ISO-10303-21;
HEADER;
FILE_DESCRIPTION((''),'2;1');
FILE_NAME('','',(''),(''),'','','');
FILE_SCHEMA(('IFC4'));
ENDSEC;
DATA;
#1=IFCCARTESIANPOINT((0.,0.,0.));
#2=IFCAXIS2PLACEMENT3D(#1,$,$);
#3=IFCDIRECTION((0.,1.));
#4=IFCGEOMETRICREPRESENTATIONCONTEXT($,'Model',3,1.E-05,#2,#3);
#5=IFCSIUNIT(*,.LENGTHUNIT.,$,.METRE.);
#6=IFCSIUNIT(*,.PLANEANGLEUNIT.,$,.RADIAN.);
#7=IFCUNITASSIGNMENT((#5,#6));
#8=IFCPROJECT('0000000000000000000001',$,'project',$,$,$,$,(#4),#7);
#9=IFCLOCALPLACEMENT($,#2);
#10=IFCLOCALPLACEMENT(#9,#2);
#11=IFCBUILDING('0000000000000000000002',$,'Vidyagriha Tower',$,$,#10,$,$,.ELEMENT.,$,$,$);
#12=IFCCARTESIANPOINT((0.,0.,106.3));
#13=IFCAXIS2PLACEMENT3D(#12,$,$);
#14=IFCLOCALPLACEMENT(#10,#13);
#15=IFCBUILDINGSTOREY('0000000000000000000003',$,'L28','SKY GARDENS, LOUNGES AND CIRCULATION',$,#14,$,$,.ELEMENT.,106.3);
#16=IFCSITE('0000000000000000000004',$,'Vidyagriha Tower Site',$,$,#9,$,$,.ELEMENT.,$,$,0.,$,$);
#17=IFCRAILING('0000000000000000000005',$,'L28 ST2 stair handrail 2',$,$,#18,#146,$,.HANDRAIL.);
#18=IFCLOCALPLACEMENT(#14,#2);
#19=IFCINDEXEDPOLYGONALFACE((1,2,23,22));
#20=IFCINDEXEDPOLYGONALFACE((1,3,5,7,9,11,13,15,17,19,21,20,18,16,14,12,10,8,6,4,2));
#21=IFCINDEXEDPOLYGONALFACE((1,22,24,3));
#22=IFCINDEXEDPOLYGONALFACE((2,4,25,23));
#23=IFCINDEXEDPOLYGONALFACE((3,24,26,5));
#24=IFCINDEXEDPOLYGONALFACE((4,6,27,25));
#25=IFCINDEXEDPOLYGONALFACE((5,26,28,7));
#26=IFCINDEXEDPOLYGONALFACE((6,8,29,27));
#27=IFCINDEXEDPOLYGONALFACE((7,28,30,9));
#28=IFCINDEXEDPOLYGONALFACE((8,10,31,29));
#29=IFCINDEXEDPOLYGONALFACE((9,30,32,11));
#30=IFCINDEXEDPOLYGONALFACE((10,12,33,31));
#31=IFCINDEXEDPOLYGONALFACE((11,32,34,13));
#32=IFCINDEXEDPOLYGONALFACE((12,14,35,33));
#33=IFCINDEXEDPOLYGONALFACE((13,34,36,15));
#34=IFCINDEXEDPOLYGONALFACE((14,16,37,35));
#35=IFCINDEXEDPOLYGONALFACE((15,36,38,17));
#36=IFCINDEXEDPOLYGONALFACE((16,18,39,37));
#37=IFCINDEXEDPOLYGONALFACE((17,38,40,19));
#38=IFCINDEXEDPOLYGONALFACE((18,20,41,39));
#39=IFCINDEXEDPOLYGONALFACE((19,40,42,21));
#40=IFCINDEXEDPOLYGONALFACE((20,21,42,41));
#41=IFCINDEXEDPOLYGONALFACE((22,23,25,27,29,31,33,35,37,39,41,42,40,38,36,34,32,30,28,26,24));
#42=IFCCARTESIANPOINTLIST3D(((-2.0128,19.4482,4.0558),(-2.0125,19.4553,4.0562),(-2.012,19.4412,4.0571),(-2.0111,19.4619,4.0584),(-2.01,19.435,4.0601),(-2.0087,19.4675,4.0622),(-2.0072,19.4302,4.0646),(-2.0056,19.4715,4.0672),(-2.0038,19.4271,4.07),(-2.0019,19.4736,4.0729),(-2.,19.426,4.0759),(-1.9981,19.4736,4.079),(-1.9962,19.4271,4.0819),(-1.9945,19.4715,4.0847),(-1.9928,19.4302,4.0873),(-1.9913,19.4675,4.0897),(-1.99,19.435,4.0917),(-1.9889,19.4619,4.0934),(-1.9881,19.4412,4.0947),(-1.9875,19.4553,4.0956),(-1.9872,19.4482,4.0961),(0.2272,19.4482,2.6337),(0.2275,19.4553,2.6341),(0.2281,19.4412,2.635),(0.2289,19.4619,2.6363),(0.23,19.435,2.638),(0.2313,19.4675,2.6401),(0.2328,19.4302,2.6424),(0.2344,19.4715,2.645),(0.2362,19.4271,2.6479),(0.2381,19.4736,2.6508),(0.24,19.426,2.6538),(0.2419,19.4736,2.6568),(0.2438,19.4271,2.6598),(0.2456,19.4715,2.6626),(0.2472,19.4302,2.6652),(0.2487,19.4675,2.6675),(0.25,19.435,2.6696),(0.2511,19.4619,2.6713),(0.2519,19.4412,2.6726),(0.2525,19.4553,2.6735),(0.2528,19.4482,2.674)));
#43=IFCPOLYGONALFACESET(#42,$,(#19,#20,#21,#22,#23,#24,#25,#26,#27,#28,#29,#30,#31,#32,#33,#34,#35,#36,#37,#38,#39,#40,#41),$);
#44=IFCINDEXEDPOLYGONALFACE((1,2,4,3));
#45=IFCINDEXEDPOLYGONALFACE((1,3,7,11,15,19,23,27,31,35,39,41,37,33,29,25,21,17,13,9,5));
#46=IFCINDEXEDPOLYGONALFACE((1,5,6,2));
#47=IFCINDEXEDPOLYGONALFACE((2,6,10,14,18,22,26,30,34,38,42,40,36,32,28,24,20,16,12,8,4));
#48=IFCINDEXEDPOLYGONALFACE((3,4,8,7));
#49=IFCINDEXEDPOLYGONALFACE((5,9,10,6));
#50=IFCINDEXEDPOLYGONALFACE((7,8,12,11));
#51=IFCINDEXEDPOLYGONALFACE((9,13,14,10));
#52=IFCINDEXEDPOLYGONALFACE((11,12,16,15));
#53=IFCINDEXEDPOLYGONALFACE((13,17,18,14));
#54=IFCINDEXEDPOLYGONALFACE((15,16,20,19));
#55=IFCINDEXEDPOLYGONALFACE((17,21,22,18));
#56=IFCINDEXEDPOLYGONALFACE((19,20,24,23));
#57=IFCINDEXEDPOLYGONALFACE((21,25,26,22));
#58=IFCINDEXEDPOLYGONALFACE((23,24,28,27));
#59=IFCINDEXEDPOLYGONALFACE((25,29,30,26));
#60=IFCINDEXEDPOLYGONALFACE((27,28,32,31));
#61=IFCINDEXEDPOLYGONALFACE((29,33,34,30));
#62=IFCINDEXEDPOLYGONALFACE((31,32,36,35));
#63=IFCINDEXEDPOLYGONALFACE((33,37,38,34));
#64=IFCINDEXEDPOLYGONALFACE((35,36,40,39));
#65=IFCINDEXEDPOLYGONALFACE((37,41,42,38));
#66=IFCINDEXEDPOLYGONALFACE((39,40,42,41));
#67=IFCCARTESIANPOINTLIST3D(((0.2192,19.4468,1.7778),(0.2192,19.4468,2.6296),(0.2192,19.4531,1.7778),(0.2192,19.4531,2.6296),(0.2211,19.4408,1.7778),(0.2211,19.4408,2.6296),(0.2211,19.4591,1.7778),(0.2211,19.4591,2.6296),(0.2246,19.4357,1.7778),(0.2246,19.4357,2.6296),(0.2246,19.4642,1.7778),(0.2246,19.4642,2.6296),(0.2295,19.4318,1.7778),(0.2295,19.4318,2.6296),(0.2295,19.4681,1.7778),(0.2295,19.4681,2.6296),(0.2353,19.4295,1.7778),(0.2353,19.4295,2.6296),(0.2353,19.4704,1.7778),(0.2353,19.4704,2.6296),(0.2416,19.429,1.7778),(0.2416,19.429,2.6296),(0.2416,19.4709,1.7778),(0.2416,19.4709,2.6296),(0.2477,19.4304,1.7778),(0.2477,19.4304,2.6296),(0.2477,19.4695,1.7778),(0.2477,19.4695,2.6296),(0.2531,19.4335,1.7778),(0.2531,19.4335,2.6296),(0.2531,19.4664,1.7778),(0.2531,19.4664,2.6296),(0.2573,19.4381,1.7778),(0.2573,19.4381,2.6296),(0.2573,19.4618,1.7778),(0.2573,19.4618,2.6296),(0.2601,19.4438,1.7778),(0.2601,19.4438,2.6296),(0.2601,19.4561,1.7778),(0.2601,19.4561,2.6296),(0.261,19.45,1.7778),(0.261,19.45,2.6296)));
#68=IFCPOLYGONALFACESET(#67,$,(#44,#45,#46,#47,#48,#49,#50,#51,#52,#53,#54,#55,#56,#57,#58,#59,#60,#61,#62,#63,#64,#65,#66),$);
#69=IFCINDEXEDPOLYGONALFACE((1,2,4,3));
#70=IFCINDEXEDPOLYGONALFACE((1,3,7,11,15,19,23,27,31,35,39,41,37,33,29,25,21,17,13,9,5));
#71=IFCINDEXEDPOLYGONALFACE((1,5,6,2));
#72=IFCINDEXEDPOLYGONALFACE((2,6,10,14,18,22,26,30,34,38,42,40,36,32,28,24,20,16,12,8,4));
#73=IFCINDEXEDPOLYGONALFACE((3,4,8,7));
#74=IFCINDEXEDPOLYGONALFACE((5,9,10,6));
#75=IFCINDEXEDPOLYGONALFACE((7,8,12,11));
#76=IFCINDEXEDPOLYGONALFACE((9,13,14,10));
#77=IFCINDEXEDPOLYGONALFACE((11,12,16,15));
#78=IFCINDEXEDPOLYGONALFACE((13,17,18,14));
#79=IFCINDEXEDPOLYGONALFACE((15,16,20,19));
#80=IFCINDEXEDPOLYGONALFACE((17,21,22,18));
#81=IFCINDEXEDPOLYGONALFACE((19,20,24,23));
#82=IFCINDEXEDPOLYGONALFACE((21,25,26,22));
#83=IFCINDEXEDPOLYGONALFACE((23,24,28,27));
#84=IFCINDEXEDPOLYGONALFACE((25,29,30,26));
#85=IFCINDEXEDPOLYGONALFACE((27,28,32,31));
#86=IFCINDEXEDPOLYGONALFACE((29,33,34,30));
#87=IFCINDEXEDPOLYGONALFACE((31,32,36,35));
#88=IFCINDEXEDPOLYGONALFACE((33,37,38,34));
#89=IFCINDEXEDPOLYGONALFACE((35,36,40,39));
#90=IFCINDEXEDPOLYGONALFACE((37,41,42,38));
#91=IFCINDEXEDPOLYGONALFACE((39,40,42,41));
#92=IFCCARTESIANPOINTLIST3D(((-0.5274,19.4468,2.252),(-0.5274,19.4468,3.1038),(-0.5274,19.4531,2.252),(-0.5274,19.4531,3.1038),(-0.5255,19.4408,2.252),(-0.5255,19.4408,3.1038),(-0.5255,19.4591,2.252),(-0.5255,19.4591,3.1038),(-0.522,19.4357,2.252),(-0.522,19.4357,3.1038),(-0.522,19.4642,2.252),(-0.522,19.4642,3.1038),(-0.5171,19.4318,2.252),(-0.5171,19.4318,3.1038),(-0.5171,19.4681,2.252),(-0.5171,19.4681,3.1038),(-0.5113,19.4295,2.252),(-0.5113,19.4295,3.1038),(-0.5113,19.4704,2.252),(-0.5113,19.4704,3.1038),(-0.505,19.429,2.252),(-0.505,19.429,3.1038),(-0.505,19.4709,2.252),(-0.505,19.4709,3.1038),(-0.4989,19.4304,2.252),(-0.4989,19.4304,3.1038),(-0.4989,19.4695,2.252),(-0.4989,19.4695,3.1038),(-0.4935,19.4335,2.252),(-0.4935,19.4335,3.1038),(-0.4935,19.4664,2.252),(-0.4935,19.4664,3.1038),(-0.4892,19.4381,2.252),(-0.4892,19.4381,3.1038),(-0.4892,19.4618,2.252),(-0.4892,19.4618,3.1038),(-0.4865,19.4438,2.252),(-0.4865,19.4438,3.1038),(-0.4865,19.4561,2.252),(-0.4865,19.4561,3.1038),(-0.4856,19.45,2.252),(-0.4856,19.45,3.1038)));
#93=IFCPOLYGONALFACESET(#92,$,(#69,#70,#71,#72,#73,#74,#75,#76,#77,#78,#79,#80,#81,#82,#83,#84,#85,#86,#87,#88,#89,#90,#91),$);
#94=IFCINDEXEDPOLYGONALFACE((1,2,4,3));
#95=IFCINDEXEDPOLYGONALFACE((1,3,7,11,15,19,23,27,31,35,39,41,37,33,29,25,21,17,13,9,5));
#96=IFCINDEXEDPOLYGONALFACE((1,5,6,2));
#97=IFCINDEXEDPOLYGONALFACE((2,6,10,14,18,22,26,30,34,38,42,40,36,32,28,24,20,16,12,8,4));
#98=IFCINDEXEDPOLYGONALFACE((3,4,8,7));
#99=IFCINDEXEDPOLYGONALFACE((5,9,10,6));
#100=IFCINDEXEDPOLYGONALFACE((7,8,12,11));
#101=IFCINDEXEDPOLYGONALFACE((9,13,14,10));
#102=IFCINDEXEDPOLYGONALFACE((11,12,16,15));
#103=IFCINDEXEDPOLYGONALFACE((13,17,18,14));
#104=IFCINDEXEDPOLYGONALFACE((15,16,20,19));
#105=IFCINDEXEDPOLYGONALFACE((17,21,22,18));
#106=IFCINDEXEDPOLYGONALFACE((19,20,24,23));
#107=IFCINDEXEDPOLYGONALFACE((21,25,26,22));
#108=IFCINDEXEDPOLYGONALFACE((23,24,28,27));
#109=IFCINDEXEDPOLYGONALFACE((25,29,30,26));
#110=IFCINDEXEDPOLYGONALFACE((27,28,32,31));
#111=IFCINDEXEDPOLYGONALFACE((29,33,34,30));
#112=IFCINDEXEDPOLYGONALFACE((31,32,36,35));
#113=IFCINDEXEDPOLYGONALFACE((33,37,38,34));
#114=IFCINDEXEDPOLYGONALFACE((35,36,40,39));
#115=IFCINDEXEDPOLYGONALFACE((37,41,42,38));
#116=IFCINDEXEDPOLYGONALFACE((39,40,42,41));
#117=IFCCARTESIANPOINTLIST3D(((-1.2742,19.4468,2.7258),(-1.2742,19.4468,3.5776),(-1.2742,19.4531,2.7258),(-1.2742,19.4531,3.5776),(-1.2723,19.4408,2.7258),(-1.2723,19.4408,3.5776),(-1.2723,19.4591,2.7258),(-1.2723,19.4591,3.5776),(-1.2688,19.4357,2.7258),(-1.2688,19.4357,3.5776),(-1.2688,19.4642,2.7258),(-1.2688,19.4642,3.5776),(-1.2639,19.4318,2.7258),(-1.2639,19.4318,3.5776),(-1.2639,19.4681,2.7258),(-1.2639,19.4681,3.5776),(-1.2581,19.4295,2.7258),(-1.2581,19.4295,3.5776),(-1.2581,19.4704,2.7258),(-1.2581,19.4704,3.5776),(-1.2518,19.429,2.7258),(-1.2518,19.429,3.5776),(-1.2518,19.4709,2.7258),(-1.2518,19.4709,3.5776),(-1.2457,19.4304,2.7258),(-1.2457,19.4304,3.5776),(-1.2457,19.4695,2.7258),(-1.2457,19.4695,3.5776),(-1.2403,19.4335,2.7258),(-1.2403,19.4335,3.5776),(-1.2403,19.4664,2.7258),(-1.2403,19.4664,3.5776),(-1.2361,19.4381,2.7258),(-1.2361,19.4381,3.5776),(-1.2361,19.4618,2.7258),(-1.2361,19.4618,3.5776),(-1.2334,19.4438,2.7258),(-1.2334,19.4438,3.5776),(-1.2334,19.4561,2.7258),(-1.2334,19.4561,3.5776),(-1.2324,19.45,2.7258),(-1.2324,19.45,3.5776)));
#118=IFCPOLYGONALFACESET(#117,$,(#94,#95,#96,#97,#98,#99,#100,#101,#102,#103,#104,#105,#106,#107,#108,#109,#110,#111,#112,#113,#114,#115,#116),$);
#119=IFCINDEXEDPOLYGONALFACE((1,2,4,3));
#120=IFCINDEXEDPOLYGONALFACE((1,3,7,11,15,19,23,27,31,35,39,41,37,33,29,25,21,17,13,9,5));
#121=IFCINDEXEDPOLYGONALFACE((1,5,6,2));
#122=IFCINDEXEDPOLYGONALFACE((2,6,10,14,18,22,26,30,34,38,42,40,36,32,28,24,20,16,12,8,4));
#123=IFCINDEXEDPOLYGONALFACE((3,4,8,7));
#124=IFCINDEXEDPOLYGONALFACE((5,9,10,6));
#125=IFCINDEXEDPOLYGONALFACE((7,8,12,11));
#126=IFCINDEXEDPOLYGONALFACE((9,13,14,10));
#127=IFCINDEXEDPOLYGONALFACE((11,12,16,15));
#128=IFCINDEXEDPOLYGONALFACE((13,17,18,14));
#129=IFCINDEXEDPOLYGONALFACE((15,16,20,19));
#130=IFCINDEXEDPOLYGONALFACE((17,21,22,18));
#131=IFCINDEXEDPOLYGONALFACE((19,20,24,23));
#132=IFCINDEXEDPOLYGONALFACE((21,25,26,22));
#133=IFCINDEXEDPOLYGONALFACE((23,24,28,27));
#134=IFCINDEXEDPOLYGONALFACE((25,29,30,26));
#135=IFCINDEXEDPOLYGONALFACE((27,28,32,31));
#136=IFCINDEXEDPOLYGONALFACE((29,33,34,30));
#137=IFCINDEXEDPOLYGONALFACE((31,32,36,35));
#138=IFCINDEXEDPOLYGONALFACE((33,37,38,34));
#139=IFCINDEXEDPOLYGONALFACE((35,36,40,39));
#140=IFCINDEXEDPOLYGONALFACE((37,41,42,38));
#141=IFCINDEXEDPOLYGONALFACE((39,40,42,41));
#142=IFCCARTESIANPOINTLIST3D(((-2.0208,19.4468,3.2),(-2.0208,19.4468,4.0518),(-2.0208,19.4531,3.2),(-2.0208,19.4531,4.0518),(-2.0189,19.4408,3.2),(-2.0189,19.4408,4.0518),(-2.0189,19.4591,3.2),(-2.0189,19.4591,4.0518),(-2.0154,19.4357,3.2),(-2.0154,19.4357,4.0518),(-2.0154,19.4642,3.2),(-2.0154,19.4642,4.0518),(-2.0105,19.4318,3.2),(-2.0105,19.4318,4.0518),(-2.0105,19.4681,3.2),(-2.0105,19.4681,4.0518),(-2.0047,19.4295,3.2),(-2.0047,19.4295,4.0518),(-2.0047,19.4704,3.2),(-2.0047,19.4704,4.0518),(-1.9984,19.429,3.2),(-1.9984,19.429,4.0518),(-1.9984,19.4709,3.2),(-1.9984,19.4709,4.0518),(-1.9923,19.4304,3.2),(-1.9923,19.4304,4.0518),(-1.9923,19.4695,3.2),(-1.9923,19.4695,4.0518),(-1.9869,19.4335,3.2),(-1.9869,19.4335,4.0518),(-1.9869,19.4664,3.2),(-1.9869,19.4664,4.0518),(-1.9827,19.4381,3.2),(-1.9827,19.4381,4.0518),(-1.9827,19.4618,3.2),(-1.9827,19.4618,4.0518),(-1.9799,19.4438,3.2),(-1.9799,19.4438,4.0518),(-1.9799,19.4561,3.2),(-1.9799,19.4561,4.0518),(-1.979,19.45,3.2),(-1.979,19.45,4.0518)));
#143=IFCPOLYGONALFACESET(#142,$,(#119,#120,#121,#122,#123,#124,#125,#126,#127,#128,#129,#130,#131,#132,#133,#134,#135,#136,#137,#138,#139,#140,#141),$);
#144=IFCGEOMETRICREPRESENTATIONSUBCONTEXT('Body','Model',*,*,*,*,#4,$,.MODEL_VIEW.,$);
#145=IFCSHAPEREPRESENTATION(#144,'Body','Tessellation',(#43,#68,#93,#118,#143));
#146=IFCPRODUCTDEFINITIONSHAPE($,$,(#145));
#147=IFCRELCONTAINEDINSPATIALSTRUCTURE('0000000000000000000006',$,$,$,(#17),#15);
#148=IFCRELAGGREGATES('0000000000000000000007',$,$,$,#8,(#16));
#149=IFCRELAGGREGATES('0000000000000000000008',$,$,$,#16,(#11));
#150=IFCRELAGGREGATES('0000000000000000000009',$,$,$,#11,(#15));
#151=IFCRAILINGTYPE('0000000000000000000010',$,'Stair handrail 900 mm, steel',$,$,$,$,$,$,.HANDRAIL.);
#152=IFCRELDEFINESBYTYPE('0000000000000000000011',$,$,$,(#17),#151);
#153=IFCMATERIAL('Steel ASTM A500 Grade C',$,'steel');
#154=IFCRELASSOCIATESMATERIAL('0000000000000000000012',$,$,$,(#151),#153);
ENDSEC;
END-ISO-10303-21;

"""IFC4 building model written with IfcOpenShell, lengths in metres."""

from ifc_helpers import new_model, si_unit, direction, frame, origin, origin_2d, place, context, subcontext, project, spatial, circle, extrude, material, type_object, element, save


model = new_model("IFC4")

# Units and contexts
model_context = context("Model", 3, precision=1e-05, world=origin(), true_north=direction((0.0, 1.0)))
body_context = subcontext(model_context, "Body", "Model", "MODEL_VIEW")
ifc_project = project(units=[si_unit("LENGTHUNIT", "METRE"), si_unit("PLANEANGLEUNIT", "RADIAN")], contexts=[model_context])

# Site, building, storey
site_placement = place(None, origin())
site = spatial("IfcSite", under=ifc_project, at=site_placement, Name="Vidyagriha Tower Site", CompositionType="ELEMENT", RefElevation=0.0)
building_placement = place(site_placement, origin())
building = spatial("IfcBuilding", under=site, at=building_placement, Name="Vidyagriha Tower", CompositionType="ELEMENT")
storey_placement = place(building_placement, frame((0.0, 0.0, 106.3)))
storey = spatial("IfcBuildingStorey", under=building, at=storey_placement, Name="L28", Description="SKY GARDENS, LOUNGES AND CIRCULATION", CompositionType="ELEMENT", Elevation=106.3)

# Railing
ifc_material_1 = material(Name="Steel ASTM A500 Grade C", Category="steel")
railing_type_1 = type_object("IfcRailingType", Name="Stair handrail 900 mm, steel", PredefinedType="HANDRAIL", material=ifc_material_1)
for number, where, name in (
    (1, (0.24, 19.45, 1.7778), "L28 ST2 stair handrail 2"),
):
    element("IfcRailing", number, at=place(storey_placement, frame(where)), inside=storey, type_object=railing_type_1, Name=name, PredefinedType="HANDRAIL", context=body_context, shape_type="SweptSolid", body=[
        extrude(circle(Radius=0.0239, at=origin_2d()), frame((0.0, 0.0, 0.876), z_axis=(-0.844229, 0.0, 0.535982), x_axis=(0.0, -1.0, 0.0)), (0.0, 0.0, 1.0), 2.6533),
        extrude(circle(Radius=0.021, at=origin_2d()), origin(), (0.0, 0.0, 1.0), 0.8518),
        extrude(circle(Radius=0.021, at=origin_2d()), frame((-0.7466, 0.0, 0.4741)), (0.0, 0.0, 1.0), 0.8518),
        extrude(circle(Radius=0.021, at=origin_2d()), frame((-1.4934, 0.0, 0.948)), (0.0, 0.0, 1.0), 0.8518),
        extrude(circle(Radius=0.021, at=origin_2d()), frame((-2.24, 0.0, 1.4221)), (0.0, 0.0, 1.0), 0.8518),
    ])

save(model, "model.ifc")
